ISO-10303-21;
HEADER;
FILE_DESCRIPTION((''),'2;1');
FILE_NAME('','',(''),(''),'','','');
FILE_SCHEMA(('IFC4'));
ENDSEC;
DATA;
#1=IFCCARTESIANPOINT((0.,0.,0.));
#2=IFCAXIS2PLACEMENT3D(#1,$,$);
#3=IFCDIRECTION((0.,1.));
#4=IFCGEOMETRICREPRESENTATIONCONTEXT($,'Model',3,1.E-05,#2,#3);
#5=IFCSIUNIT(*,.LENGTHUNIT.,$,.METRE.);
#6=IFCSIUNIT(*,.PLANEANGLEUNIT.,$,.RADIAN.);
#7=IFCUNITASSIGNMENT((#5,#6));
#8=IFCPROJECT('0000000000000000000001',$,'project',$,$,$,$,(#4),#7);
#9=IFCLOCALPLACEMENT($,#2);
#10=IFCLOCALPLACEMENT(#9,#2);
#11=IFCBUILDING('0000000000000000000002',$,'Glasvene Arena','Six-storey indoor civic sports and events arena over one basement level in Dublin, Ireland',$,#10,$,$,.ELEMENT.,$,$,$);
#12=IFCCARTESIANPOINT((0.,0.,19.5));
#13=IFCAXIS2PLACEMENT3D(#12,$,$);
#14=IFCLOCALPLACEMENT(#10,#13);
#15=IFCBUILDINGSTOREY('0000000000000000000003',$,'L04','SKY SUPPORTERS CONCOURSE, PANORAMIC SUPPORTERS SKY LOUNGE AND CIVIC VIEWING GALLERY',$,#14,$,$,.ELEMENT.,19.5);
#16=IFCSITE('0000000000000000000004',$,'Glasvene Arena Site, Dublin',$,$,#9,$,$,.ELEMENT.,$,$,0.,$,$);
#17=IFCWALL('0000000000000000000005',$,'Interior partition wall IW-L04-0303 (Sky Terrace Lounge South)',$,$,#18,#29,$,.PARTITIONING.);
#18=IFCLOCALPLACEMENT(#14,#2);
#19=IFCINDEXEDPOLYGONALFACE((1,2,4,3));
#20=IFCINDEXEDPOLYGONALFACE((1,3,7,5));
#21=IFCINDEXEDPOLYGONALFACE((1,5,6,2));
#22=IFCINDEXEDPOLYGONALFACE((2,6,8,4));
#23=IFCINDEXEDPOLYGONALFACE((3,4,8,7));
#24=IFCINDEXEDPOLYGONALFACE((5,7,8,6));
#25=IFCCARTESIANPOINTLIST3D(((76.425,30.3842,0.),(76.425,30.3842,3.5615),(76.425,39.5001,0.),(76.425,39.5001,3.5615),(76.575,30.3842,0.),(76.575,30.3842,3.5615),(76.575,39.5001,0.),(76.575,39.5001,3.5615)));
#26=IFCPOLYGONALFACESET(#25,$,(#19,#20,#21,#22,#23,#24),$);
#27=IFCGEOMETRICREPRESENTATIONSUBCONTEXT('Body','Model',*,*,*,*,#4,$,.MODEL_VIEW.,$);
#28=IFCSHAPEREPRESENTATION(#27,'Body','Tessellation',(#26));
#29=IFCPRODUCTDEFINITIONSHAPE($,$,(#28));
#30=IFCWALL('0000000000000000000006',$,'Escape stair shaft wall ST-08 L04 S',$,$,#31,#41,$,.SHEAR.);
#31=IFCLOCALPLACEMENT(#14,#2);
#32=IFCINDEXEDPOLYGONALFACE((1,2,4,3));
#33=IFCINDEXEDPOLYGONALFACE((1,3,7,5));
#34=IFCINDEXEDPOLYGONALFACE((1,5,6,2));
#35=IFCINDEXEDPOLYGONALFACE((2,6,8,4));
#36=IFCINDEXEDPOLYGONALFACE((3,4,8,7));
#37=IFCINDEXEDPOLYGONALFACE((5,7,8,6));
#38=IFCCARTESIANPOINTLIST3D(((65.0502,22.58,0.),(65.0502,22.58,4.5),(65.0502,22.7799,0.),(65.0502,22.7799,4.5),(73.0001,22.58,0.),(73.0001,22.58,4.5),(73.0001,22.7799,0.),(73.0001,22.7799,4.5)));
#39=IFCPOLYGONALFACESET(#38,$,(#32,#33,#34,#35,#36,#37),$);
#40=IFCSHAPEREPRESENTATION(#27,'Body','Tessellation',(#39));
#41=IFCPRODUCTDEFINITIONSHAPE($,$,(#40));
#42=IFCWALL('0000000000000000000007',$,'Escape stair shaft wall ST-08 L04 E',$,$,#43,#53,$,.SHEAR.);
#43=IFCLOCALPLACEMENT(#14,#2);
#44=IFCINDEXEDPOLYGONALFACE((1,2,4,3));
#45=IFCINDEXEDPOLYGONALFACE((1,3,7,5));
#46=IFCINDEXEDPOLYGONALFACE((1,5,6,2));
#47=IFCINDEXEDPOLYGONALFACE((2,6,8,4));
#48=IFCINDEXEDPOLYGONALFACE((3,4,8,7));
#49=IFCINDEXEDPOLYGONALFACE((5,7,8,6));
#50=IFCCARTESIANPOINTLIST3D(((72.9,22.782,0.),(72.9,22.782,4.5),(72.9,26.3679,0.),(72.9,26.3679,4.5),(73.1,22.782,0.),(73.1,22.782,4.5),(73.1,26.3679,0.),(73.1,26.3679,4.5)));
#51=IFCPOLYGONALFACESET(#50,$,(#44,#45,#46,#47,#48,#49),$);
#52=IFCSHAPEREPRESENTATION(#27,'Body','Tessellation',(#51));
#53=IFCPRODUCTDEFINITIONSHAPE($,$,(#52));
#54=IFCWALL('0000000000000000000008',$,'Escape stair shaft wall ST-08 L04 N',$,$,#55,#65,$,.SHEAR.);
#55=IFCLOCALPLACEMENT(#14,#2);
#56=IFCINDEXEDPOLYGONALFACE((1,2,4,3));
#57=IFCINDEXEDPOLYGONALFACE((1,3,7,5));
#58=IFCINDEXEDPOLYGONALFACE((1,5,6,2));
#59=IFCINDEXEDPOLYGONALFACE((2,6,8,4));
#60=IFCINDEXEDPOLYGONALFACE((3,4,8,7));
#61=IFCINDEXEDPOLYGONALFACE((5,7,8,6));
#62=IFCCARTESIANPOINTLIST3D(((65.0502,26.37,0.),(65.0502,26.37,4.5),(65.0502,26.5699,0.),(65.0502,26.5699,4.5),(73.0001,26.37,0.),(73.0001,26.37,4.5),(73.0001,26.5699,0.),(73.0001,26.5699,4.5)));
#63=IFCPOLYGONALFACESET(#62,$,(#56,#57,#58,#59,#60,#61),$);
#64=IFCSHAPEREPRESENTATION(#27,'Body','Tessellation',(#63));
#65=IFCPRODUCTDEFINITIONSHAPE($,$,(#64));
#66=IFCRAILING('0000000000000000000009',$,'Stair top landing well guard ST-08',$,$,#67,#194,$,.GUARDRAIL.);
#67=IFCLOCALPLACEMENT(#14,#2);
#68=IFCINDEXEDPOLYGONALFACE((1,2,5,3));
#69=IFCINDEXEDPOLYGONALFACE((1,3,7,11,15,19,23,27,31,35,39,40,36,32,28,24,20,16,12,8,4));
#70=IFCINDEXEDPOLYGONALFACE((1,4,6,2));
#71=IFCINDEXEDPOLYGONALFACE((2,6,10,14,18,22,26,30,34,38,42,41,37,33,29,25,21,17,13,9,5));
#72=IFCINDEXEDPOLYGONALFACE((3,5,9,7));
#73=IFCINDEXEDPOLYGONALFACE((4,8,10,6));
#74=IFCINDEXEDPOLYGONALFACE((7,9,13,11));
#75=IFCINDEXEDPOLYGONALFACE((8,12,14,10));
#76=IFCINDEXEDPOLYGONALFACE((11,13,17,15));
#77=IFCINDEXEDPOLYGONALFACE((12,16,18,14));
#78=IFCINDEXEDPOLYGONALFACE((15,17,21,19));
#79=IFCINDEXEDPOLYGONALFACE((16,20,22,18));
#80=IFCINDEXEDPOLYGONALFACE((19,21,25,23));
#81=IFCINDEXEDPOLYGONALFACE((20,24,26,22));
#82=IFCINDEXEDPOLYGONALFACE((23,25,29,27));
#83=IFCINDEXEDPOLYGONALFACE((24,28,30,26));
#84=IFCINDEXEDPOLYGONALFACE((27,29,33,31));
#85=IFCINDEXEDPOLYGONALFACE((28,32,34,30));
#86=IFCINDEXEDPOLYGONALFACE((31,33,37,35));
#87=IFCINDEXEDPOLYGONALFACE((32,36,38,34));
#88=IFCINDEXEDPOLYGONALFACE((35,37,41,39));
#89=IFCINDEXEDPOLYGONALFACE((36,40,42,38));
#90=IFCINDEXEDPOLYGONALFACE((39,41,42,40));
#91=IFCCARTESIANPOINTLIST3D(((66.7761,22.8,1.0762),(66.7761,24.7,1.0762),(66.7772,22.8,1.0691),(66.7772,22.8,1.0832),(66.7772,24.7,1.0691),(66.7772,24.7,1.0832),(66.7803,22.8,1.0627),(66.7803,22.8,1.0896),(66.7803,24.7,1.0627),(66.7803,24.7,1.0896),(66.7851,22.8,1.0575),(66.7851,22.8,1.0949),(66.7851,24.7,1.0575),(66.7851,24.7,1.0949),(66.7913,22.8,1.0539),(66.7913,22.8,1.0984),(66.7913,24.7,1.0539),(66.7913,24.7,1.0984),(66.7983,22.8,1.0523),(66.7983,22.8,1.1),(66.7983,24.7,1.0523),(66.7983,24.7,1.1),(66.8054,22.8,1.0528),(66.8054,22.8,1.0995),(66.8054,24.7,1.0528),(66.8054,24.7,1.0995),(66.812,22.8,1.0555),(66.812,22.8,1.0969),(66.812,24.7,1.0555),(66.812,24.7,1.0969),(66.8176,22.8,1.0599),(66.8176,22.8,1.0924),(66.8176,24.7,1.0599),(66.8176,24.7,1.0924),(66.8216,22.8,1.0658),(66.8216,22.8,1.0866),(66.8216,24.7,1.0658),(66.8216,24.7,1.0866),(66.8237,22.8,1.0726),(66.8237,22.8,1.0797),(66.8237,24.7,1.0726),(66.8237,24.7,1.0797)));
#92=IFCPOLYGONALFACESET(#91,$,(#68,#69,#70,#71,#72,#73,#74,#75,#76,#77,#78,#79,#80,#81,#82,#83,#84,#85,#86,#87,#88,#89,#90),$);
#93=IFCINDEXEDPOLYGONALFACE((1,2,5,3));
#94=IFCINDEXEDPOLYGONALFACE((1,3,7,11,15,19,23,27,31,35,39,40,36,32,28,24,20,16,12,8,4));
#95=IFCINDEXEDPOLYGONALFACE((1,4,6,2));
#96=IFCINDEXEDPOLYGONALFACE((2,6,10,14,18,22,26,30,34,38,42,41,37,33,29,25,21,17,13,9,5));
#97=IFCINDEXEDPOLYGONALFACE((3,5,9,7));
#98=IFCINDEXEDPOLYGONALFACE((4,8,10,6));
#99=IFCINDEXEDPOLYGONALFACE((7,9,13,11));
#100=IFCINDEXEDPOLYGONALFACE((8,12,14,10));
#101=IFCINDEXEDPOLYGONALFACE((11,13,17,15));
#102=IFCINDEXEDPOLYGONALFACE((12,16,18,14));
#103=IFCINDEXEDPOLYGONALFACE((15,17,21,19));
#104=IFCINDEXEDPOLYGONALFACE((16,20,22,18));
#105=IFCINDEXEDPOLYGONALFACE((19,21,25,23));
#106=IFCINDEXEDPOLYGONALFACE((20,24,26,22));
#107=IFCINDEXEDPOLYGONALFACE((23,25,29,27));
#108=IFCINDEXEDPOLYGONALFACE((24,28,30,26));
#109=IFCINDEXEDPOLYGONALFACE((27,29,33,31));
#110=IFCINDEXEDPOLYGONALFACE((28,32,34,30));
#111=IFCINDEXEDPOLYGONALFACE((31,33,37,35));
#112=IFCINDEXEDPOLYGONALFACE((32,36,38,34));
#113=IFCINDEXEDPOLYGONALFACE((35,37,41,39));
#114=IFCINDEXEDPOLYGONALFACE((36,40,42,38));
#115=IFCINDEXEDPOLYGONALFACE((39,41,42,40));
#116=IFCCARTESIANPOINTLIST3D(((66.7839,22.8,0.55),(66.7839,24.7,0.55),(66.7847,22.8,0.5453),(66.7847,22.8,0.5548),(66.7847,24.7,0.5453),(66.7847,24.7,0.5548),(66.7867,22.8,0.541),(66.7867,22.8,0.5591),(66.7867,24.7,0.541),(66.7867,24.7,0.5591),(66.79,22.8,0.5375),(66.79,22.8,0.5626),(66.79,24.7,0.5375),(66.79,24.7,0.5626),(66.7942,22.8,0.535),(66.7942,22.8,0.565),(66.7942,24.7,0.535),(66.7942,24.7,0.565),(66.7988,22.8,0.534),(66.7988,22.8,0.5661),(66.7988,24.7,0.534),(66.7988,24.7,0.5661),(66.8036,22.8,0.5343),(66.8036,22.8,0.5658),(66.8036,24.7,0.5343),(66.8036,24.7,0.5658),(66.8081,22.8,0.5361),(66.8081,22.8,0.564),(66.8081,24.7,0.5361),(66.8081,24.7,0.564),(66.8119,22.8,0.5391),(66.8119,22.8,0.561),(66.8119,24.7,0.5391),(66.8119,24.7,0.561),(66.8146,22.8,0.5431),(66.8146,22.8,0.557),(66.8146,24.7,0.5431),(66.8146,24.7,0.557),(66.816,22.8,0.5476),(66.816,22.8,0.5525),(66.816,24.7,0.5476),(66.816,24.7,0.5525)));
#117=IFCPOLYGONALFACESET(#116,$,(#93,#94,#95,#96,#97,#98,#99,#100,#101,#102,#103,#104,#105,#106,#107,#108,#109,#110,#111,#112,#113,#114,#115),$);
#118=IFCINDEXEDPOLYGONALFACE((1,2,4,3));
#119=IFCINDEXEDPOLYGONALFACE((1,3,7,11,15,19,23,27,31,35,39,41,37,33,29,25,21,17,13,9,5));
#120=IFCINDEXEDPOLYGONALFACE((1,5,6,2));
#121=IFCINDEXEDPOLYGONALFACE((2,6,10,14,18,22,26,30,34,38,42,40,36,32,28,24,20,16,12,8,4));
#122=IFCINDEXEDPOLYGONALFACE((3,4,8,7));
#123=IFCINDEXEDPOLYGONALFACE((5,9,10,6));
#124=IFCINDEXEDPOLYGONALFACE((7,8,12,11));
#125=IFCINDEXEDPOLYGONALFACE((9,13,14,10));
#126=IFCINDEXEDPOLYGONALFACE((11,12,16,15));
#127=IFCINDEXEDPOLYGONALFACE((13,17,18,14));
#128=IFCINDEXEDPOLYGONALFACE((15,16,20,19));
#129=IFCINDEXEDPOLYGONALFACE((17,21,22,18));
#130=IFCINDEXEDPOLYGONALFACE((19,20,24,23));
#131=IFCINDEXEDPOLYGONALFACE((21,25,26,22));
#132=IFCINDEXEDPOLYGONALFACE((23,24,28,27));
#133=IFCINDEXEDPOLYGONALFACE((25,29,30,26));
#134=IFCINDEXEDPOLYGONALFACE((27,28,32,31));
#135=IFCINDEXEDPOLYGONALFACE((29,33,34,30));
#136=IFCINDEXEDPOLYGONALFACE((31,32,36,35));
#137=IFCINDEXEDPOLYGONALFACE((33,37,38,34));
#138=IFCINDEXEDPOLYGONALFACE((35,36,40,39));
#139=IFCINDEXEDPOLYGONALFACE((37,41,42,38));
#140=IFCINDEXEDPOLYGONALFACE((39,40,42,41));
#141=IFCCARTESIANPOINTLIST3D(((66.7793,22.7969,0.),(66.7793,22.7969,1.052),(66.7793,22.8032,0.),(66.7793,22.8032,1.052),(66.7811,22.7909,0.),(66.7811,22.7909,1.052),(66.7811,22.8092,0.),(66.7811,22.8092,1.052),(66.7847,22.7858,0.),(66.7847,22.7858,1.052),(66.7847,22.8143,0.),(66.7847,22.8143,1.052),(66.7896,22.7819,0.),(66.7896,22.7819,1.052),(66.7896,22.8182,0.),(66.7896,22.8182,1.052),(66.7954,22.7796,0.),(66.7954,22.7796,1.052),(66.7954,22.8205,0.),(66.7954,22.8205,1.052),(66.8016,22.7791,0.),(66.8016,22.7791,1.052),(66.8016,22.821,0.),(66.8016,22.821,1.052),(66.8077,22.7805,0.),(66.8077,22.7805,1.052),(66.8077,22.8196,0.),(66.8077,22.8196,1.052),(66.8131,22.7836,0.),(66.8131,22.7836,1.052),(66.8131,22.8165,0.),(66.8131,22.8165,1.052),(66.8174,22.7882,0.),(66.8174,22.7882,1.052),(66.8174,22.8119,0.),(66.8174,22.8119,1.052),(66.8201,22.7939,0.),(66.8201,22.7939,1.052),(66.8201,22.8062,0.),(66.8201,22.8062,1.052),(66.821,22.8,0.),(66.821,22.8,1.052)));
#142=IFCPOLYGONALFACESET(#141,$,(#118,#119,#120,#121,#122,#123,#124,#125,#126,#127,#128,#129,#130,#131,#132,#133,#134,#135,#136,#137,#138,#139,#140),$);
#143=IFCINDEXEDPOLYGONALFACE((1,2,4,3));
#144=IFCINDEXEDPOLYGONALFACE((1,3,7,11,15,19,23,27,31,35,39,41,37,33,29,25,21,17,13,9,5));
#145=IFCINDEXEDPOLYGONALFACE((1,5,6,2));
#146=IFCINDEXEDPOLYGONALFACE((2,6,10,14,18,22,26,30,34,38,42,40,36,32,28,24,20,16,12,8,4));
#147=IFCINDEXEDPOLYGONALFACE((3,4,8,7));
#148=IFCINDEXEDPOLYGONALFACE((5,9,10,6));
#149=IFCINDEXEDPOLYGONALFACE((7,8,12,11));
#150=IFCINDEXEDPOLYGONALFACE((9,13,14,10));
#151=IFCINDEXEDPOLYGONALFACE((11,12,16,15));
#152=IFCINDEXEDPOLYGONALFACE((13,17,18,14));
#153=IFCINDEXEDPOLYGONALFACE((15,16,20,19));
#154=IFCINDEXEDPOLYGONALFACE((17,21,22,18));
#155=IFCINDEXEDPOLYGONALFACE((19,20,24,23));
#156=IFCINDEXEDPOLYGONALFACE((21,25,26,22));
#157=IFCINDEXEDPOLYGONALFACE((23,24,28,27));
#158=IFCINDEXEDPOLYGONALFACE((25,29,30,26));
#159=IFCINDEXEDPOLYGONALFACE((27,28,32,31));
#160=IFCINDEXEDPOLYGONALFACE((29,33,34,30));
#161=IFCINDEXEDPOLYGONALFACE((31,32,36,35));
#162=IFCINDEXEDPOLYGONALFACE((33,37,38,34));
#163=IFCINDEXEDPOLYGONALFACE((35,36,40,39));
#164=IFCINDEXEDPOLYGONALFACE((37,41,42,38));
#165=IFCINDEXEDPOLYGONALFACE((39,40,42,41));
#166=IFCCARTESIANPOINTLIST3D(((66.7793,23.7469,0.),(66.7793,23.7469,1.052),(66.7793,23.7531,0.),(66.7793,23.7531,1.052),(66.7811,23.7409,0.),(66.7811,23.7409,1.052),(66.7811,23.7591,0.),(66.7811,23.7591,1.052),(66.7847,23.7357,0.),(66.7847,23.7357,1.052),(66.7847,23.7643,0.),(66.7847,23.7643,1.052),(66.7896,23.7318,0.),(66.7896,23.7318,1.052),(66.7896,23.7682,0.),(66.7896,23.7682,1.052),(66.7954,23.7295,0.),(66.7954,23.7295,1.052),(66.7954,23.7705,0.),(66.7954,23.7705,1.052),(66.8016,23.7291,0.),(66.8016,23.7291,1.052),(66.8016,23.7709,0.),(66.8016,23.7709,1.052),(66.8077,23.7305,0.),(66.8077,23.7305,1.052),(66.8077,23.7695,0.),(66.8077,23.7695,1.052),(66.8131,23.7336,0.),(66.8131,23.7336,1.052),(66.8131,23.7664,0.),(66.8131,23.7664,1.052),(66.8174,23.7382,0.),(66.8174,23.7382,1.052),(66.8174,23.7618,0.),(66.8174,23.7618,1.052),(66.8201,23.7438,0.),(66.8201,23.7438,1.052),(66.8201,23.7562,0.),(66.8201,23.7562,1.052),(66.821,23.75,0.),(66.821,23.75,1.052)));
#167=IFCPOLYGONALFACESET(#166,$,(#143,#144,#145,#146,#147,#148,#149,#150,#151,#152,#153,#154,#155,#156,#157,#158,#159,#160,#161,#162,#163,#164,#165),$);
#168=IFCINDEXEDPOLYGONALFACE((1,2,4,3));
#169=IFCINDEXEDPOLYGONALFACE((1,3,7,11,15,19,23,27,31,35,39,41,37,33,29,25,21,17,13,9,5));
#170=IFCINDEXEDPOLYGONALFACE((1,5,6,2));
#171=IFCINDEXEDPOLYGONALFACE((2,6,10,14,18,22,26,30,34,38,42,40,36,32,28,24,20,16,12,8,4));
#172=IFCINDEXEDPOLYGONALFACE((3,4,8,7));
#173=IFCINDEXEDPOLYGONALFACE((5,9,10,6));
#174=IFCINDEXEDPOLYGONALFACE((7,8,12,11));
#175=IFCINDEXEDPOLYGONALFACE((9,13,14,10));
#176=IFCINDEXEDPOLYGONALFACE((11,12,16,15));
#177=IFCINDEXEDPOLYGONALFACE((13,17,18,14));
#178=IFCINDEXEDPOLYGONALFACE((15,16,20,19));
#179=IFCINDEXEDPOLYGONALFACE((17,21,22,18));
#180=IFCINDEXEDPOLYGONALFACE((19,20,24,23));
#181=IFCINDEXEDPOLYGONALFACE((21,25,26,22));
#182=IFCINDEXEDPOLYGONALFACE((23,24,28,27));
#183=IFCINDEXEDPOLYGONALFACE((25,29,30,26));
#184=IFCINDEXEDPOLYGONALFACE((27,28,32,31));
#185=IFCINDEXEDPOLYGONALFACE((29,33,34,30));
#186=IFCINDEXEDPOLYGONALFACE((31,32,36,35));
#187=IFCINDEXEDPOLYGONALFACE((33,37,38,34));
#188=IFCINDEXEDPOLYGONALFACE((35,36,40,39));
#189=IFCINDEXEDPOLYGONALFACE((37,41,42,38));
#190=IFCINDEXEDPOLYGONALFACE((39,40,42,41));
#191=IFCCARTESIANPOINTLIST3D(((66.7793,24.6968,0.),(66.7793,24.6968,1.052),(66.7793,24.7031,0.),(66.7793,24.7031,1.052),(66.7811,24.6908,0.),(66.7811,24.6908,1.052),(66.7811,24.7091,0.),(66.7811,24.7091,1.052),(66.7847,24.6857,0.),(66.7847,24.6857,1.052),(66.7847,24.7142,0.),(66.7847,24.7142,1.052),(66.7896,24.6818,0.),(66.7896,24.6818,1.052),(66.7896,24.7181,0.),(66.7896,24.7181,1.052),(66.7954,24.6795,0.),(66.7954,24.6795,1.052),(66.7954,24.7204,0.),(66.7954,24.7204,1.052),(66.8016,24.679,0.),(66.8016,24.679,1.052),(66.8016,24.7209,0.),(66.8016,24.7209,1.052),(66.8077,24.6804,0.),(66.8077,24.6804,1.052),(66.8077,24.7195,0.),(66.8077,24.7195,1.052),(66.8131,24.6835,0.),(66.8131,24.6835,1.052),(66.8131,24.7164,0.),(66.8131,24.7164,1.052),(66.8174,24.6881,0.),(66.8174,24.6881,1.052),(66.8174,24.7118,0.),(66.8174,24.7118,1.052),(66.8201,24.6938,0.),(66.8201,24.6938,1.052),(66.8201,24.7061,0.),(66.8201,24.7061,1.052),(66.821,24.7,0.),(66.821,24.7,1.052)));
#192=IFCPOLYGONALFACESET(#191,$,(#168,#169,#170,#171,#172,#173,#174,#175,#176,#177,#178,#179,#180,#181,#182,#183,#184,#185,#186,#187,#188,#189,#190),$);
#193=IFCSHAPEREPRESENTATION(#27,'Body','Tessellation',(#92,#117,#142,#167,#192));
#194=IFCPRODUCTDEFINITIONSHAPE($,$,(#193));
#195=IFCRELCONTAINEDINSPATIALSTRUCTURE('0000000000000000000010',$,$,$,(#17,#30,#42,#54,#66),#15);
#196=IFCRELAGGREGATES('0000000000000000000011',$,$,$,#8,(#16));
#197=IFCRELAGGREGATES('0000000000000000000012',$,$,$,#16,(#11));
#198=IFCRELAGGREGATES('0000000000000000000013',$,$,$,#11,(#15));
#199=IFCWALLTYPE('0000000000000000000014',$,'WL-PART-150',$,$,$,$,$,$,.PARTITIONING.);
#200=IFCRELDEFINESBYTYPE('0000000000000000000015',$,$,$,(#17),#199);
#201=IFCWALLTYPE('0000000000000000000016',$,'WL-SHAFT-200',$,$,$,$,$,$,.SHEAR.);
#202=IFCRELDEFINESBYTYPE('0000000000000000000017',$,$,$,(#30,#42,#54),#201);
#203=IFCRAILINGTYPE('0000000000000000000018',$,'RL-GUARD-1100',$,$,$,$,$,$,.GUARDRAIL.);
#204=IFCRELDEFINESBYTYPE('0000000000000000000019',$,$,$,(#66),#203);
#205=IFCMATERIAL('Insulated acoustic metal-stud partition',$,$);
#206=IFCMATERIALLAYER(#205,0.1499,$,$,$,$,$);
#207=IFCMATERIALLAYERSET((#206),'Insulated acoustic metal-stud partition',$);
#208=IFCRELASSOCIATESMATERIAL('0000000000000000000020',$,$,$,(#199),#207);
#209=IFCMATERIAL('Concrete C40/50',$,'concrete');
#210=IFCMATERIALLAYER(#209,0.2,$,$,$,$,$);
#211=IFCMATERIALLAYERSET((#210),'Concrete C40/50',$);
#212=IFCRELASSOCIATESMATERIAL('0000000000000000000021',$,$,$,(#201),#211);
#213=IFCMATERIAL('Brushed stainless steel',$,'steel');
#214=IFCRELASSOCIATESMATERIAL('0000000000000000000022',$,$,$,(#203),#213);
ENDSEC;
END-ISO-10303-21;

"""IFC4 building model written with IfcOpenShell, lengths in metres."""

from ifc_helpers import new_model, si_unit, direction, frame, frame_2d, origin, origin_2d, place, context, subcontext, project, spatial, rectangle, circle, extrude, material, layer, layer_set, type_object, element, save


model = new_model("IFC4")

# Units and contexts
model_context = context("Model", 3, precision=1e-05, world=origin(), true_north=direction((0.0, 1.0)))
body_context = subcontext(model_context, "Body", "Model", "MODEL_VIEW")
ifc_project = project(units=[si_unit("LENGTHUNIT", "METRE"), si_unit("PLANEANGLEUNIT", "RADIAN")], contexts=[model_context])

# Site, building, storey
site_placement = place(None, origin())
site = spatial("IfcSite", under=ifc_project, at=site_placement, Name="Glasvene Arena Site, Dublin", CompositionType="ELEMENT", RefElevation=0.0)
building_placement = place(site_placement, origin())
building = spatial("IfcBuilding", under=site, at=building_placement, Name="Glasvene Arena", Description="Six-storey indoor civic sports and events arena over one basement level in Dublin, Ireland", CompositionType="ELEMENT")
storey_placement = place(building_placement, frame((0.0, 0.0, 19.5)))
storey = spatial("IfcBuildingStorey", under=building, at=storey_placement, Name="L04", Description="SKY SUPPORTERS CONCOURSE, PANORAMIC SUPPORTERS SKY LOUNGE AND CIVIC VIEWING GALLERY", CompositionType="ELEMENT", Elevation=19.5)

# Walls
ifc_material_1 = material(Name="Insulated acoustic metal-stud partition")
ifc_layer_1 = layer(ifc_material_1, 0.1499)
ifc_layer_set_1 = layer_set([ifc_layer_1], Name="Insulated acoustic metal-stud partition")
wall_type_1 = type_object("IfcWallType", Name="WL-PART-150", PredefinedType="PARTITIONING", material=ifc_layer_set_1)
wall_1_placement = place(storey_placement, frame((76.5, 30.384, 0.0), z_axis=(0.0, 0.0, 1.0), x_axis=(0.0, 1.0, 0.0)))
element("IfcWall", 1, at=wall_1_placement, inside=storey, type_object=wall_type_1, Name="Interior partition wall IW-L04-0303 (Sky Terrace Lounge South)", PredefinedType="PARTITIONING", context=body_context, shape_type="SweptSolid", body=[
    extrude(rectangle(XDim=9.116, YDim=0.1499, at=frame_2d((4.5581, 0.0))), origin(), (0.0, 0.0, 1.0), 3.5615),
])
ifc_material_2 = material(Name="Concrete C40/50", Category="concrete")
ifc_layer_2 = layer(ifc_material_2, 0.2)
ifc_layer_set_2 = layer_set([ifc_layer_2], Name="Concrete C40/50")
wall_type_2 = type_object("IfcWallType", Name="WL-SHAFT-200", PredefinedType="SHEAR", material=ifc_layer_set_2)
wall_2_placement = place(storey_placement, frame((65.05, 22.6799, 0.0), z_axis=(0.0, 0.0, 1.0), x_axis=(1.0, 0.0, 0.0)))
element("IfcWall", 2, at=wall_2_placement, inside=storey, type_object=wall_type_2, Name="Escape stair shaft wall ST-08 L04 S", PredefinedType="SHEAR", context=body_context, shape_type="SweptSolid", body=[
    extrude(rectangle(XDim=7.95, YDim=0.2, at=frame_2d((3.9751, 0.0))), origin(), (0.0, 0.0, 1.0), 4.5),
])

# Walls
wall_3_placement = place(storey_placement, frame((73.0, 22.782, 0.0), z_axis=(0.0, 0.0, 1.0), x_axis=(0.0, 1.0, 0.0)))
element("IfcWall", 3, at=wall_3_placement, inside=storey, type_object=wall_type_2, Name="Escape stair shaft wall ST-08 L04 E", PredefinedType="SHEAR", context=body_context, shape_type="SweptSolid", body=[
    extrude(rectangle(XDim=3.5859, YDim=0.2, at=frame_2d((1.793, 0.0))), origin(), (0.0, 0.0, 1.0), 4.5),
])
wall_4_placement = place(storey_placement, frame((65.05, 26.47, 0.0), z_axis=(0.0, 0.0, 1.0), x_axis=(1.0, 0.0, 0.0)))
element("IfcWall", 4, at=wall_4_placement, inside=storey, type_object=wall_type_2, Name="Escape stair shaft wall ST-08 L04 N", PredefinedType="SHEAR", context=body_context, shape_type="SweptSolid", body=[
    extrude(rectangle(XDim=7.95, YDim=0.2, at=frame_2d((3.9751, 0.0))), origin(), (0.0, 0.0, 1.0), 4.5),
])

# Railing
ifc_material_3 = material(Name="Brushed stainless steel", Category="steel")
railing_type = type_object("IfcRailingType", Name="RL-GUARD-1100", PredefinedType="GUARDRAIL", material=ifc_material_3)
railing_placement = place(storey_placement, frame((66.8, 22.8, 0.0)))
element("IfcRailing", 5, at=railing_placement, inside=storey, type_object=railing_type, Name="Stair top landing well guard ST-08", PredefinedType="GUARDRAIL", context=body_context, shape_type="SweptSolid", body=[
    extrude(circle(Radius=0.0239, at=origin_2d()), frame((0.0, 0.0, 1.0762), z_axis=(0.0, 1.0, 0.0), x_axis=(-1.0, 0.0, 0.0)), (0.0, 0.0, 1.0), 1.8999),
    extrude(circle(Radius=0.0161, at=origin_2d()), frame((0.0, 0.0, 0.55), z_axis=(0.0, 1.0, 0.0), x_axis=(-1.0, 0.0, 0.0)), (0.0, 0.0, 1.0), 1.8999),
    extrude(circle(Radius=0.021, at=origin_2d()), origin(), (0.0, 0.0, 1.0), 1.052),
    extrude(circle(Radius=0.021, at=origin_2d()), frame((0.0, 0.95, 0.0)), (0.0, 0.0, 1.0), 1.052),
    extrude(circle(Radius=0.021, at=origin_2d()), frame((0.0, 1.8999, 0.0)), (0.0, 0.0, 1.0), 1.052),
])

save(model, "model.ifc")
